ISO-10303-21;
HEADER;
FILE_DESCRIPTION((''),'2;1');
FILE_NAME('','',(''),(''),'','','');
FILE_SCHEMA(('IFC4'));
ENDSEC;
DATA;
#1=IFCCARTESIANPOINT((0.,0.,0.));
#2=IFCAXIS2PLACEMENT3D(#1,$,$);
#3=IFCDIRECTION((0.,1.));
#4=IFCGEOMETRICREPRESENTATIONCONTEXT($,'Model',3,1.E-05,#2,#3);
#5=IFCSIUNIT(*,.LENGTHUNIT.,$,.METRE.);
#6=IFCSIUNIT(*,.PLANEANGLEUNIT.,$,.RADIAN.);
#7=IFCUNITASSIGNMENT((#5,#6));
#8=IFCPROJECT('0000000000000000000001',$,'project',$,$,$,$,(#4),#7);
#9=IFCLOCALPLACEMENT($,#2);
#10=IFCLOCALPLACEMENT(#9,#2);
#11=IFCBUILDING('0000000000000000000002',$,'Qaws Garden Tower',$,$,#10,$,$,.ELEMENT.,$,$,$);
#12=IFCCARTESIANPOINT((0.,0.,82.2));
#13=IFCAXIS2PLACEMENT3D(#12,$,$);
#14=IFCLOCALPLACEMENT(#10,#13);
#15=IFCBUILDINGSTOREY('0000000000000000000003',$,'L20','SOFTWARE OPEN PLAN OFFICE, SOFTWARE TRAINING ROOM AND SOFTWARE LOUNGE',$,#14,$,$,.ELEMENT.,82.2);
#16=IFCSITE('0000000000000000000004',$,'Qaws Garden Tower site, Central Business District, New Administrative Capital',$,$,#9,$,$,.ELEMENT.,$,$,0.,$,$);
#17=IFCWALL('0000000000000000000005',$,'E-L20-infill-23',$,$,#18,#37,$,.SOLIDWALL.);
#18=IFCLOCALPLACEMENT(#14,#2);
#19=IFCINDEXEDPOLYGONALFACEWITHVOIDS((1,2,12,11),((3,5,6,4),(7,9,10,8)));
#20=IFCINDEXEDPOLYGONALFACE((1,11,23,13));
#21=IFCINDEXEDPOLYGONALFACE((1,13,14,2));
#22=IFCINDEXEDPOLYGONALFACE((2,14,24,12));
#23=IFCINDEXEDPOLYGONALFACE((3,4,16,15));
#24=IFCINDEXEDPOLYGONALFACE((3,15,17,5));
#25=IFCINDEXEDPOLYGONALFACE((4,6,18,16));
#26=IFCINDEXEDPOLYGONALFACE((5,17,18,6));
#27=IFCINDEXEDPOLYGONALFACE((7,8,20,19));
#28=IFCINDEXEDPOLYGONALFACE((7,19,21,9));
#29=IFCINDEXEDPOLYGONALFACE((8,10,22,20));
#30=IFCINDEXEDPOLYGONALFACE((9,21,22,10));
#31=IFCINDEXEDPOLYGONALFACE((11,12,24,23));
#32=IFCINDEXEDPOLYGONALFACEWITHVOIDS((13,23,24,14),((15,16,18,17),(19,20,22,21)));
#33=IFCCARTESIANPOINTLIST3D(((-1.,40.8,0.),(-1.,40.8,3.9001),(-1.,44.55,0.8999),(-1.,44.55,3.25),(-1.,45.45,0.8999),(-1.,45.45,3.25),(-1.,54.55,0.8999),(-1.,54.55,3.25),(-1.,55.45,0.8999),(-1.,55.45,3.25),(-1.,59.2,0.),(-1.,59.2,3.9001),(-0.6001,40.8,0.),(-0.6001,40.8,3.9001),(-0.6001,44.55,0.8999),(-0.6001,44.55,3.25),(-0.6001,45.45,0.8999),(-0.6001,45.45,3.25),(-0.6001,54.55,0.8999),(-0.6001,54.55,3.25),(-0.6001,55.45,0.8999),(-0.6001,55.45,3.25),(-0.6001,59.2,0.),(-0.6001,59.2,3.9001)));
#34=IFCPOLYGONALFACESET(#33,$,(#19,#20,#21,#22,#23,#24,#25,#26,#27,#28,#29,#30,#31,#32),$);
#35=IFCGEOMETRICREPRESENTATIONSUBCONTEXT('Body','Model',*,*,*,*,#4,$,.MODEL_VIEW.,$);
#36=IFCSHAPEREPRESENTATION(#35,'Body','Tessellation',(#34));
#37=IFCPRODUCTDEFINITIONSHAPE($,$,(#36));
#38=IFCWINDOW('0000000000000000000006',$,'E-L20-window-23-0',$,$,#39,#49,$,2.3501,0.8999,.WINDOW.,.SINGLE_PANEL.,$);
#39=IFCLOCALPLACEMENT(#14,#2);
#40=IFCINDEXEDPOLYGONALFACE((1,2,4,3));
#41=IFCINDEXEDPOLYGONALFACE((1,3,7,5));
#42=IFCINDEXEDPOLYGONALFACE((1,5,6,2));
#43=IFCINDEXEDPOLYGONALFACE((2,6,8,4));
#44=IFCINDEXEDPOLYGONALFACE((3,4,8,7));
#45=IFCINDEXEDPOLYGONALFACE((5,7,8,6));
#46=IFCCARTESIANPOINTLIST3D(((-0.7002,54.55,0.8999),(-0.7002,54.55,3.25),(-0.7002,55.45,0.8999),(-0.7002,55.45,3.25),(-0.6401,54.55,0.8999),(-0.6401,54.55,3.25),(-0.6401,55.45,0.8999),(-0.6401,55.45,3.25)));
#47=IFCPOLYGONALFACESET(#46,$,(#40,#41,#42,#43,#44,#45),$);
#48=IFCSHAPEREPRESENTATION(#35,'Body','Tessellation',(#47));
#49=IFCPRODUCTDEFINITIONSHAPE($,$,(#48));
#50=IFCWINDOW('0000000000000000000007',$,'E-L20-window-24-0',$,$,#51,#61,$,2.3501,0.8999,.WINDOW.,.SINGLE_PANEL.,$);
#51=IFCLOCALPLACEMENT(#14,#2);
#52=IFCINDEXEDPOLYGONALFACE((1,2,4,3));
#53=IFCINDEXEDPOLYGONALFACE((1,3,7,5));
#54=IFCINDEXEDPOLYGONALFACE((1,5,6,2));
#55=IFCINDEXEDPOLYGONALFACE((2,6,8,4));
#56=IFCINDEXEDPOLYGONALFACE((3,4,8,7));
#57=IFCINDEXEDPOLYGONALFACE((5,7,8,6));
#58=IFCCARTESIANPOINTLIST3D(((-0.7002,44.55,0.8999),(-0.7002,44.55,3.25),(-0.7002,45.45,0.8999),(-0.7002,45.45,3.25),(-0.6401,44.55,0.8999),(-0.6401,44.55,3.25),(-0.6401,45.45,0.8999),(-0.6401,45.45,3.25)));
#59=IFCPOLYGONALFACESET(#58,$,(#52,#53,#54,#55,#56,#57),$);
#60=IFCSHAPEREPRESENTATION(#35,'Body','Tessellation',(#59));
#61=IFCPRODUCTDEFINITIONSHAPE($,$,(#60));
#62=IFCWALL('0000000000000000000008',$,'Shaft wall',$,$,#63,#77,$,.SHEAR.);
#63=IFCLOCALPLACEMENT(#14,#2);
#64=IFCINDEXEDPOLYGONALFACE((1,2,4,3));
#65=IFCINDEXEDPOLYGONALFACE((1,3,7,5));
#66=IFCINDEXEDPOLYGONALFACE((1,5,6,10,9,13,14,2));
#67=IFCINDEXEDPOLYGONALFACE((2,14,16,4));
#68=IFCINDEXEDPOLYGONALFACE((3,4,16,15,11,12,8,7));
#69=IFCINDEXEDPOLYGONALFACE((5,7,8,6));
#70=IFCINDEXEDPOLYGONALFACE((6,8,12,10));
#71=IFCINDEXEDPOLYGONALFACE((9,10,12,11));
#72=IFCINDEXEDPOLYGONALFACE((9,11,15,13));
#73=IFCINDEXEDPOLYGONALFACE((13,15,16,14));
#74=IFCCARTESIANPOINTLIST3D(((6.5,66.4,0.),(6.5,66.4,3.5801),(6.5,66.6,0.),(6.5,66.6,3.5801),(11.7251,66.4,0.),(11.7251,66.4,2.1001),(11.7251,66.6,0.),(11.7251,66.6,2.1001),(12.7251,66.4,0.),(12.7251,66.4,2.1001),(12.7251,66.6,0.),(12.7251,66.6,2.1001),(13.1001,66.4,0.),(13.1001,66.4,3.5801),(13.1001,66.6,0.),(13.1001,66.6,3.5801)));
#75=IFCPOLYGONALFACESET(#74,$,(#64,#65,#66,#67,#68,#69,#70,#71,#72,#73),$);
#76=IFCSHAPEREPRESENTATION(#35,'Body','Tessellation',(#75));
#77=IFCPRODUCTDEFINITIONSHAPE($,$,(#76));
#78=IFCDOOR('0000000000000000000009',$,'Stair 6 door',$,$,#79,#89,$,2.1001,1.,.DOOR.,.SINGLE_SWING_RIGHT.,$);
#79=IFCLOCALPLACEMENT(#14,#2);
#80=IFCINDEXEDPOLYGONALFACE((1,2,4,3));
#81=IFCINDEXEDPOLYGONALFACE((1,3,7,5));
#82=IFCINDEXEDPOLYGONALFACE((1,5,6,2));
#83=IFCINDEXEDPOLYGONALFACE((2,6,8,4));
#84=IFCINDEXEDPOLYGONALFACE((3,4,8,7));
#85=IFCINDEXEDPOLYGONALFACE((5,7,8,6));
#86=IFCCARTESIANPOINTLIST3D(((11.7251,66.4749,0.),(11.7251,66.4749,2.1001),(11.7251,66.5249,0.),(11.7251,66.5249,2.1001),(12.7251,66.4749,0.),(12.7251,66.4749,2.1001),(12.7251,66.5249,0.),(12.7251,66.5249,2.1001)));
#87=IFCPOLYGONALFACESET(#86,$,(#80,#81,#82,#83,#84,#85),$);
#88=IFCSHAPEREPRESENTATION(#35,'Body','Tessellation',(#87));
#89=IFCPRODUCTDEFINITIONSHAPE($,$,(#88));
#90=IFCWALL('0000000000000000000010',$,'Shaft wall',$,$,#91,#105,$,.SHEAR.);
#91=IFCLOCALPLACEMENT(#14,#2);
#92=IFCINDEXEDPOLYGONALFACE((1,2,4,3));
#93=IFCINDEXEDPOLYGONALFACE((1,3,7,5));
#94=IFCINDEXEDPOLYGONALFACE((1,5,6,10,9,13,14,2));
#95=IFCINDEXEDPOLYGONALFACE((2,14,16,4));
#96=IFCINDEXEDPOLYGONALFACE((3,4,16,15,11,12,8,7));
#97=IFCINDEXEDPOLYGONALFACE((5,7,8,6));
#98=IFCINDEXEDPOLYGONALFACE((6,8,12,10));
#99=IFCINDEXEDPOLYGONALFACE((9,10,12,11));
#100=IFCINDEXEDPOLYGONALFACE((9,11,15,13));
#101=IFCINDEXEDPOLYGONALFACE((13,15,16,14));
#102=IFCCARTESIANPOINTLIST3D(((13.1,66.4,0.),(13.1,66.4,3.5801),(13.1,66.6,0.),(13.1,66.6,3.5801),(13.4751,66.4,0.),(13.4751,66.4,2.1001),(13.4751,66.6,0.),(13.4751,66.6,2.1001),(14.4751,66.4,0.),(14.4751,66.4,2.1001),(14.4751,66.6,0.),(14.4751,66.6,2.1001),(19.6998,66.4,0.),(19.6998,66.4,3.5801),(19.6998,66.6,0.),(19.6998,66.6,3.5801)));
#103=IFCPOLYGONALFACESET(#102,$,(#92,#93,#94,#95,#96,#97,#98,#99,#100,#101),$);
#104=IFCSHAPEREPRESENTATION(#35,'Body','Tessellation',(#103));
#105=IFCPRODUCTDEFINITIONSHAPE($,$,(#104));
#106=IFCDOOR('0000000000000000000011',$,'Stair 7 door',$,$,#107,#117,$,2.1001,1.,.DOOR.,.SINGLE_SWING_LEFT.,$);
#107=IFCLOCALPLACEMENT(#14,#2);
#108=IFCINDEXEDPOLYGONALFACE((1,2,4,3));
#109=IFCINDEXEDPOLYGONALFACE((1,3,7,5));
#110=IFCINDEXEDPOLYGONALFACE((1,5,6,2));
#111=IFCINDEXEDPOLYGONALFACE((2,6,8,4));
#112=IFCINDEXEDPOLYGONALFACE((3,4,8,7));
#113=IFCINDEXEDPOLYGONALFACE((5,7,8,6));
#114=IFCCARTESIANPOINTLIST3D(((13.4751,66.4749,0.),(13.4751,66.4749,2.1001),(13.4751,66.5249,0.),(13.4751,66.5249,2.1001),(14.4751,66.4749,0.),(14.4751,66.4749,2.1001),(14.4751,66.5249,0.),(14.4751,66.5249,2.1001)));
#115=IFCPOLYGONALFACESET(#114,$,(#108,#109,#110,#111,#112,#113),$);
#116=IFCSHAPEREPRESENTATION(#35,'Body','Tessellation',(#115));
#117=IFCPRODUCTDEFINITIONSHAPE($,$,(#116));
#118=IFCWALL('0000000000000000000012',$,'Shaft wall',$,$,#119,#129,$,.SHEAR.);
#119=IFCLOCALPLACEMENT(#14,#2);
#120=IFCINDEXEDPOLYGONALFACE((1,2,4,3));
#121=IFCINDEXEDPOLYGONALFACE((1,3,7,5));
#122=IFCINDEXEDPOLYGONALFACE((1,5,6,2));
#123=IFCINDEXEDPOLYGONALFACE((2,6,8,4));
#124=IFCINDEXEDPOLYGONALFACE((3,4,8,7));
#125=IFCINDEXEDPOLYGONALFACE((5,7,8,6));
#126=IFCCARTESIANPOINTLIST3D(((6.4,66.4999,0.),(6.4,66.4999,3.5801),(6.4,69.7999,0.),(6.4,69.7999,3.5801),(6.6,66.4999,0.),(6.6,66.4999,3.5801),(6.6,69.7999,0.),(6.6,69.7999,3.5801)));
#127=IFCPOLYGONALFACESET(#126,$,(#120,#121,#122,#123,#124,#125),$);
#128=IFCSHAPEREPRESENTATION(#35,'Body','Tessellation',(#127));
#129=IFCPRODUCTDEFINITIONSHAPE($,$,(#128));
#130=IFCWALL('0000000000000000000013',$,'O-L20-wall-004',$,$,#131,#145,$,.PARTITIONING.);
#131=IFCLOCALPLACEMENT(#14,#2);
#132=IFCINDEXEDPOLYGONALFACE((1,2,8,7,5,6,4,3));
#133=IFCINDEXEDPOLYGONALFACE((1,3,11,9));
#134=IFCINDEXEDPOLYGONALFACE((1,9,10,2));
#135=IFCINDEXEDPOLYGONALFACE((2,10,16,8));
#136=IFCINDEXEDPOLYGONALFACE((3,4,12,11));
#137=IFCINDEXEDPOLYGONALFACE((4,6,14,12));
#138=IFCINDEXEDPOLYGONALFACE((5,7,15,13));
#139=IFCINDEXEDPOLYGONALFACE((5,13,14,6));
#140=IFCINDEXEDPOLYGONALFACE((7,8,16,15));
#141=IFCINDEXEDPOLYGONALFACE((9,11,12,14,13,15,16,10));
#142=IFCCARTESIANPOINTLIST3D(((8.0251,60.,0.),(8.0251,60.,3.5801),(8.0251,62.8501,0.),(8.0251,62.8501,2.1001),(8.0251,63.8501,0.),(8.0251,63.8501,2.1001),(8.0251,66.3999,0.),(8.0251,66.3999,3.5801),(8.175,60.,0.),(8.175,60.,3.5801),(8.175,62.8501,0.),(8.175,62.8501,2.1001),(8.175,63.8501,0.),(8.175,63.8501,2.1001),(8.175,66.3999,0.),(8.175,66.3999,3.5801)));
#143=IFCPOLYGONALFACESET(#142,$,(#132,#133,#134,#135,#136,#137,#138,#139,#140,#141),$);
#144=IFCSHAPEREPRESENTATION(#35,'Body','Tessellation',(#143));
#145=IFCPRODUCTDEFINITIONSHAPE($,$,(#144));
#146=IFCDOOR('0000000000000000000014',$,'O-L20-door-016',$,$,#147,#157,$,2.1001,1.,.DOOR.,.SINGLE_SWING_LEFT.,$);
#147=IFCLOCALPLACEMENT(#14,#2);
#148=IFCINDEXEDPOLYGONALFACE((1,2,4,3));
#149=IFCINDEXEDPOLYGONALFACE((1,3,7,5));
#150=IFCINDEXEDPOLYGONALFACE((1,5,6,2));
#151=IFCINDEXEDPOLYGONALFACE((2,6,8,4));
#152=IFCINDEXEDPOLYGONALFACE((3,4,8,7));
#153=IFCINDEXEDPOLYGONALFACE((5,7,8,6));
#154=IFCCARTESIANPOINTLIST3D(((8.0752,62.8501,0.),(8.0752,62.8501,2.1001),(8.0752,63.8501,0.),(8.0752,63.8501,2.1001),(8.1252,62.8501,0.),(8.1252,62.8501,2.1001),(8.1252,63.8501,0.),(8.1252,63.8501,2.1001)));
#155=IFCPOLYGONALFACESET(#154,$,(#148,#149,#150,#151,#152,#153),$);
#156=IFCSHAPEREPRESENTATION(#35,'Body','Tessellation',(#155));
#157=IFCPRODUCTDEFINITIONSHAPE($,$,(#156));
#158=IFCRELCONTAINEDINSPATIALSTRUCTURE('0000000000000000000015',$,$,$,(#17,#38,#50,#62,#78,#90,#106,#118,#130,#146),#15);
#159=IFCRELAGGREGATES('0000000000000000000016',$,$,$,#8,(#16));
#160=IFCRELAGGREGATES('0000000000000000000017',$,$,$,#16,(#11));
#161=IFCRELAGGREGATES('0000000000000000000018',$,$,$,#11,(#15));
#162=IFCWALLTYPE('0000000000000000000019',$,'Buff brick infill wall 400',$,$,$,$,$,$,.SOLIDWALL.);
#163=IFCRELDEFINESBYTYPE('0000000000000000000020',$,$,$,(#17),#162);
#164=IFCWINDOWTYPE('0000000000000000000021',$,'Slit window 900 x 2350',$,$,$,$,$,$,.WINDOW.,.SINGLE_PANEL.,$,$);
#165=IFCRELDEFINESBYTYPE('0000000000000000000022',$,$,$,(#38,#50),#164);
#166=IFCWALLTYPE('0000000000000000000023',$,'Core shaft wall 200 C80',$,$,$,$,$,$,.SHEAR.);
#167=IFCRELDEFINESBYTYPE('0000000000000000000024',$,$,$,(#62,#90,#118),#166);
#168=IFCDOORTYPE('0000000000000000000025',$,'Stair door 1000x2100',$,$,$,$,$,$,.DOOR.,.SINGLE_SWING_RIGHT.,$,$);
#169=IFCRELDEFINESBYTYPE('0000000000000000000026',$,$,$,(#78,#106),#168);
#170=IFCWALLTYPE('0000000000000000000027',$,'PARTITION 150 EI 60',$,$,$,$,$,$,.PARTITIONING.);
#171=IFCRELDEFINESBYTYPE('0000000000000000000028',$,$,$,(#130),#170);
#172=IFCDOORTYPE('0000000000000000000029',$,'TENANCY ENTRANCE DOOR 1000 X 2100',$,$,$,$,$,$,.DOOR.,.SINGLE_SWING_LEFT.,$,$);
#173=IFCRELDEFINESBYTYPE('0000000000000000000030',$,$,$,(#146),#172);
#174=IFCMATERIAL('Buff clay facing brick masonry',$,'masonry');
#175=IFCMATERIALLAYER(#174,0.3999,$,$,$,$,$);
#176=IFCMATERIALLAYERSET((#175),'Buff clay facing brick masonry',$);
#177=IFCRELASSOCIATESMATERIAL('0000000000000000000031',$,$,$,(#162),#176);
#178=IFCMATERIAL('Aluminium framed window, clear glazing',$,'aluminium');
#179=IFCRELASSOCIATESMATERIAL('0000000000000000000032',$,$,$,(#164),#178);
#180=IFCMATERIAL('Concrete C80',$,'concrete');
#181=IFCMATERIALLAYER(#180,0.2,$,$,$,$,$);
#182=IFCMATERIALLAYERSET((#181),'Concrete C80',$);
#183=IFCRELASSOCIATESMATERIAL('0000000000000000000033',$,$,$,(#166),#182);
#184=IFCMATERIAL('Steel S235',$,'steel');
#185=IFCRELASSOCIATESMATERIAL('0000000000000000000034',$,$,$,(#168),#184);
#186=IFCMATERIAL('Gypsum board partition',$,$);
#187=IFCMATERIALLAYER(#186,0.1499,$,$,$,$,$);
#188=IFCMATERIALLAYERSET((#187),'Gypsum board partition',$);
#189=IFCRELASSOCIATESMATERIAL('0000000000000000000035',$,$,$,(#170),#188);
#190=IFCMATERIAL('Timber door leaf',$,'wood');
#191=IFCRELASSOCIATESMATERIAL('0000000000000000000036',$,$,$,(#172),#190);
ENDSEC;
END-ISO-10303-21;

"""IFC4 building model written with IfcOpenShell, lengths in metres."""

from ifc_helpers import new_model, si_unit, direction, frame, frame_2d, origin, place, context, subcontext, project, spatial, rectangle, extrude, material, layer, layer_set, type_object, element, fill, save


model = new_model("IFC4")

# Units and contexts
model_context = context("Model", 3, precision=1e-05, world=origin(), true_north=direction((0.0, 1.0)))
body_context = subcontext(model_context, "Body", "Model", "MODEL_VIEW")
ifc_project = project(units=[si_unit("LENGTHUNIT", "METRE"), si_unit("PLANEANGLEUNIT", "RADIAN")], contexts=[model_context])

# Site, building, storey
site_placement = place(None, origin())
site = spatial("IfcSite", under=ifc_project, at=site_placement, Name="Qaws Garden Tower site, Central Business District, New Administrative Capital", CompositionType="ELEMENT", RefElevation=0.0)
building_placement = place(site_placement, origin())
building = spatial("IfcBuilding", under=site, at=building_placement, Name="Qaws Garden Tower", CompositionType="ELEMENT")
storey_placement = place(building_placement, frame((0.0, 0.0, 82.2)))
storey = spatial("IfcBuildingStorey", under=building, at=storey_placement, Name="L20", Description="SOFTWARE OPEN PLAN OFFICE, SOFTWARE TRAINING ROOM AND SOFTWARE LOUNGE", CompositionType="ELEMENT", Elevation=82.2)

# Shared definitions
ifc_material_1 = material(Name="Buff clay facing brick masonry", Category="masonry")
ifc_layer_1 = layer(ifc_material_1, 0.3999)
ifc_layer_set_1 = layer_set([ifc_layer_1], Name="Buff clay facing brick masonry")
wall_type_1 = type_object("IfcWallType", Name="Buff brick infill wall 400", PredefinedType="SOLIDWALL", material=ifc_layer_set_1)

# Wall, openings, windows
wall_1_placement = place(storey_placement, frame((-0.8, 59.2, 0.0), z_axis=(0.0, 0.0, 1.0), x_axis=(0.0, -1.0, 0.0)))
wall_1 = element("IfcWall", 1, at=wall_1_placement, inside=storey, type_object=wall_type_1, Name="E-L20-infill-23", PredefinedType="SOLIDWALL", context=body_context, shape_type="SweptSolid", body=[
    extrude(rectangle(XDim=18.3999, YDim=0.3999, at=frame_2d((9.2, 0.0))), origin(), (0.0, 0.0, 1.0), 3.9001),
])
opening_1_placement = place(wall_1_placement, frame((3.75, 0.0, 0.8999)))
opening_1 = element("IfcOpeningElement", 2, at=opening_1_placement, cuts=wall_1, PredefinedType="OPENING", context=body_context, shape_type="SweptSolid", body=[
    extrude(rectangle(XDim=0.8999, YDim=2.3501, at=frame_2d((0.45, 1.175))), frame((0.0, 0.21, 0.0), z_axis=(0.0, -1.0, 0.0), x_axis=(1.0, 0.0, 0.0)), (0.0, 0.0, 1.0), 0.4199),
])
opening_2_placement = place(wall_1_placement, frame((13.75, 0.0, 0.8999)))
opening_2 = element("IfcOpeningElement", 3, at=opening_2_placement, cuts=wall_1, PredefinedType="OPENING", context=body_context, shape_type="SweptSolid", body=[
    extrude(rectangle(XDim=0.8999, YDim=2.3501, at=frame_2d((0.45, 1.175))), frame((0.0, 0.21, 0.0), z_axis=(0.0, -1.0, 0.0), x_axis=(1.0, 0.0, 0.0)), (0.0, 0.0, 1.0), 0.4199),
])
ifc_material_2 = material(Name="Aluminium framed window, clear glazing", Category="aluminium")
window_type_1 = type_object("IfcWindowType", Name="Slit window 900 x 2350", PartitioningType="SINGLE_PANEL", PredefinedType="WINDOW", material=ifc_material_2)
window_1_placement = place(opening_1_placement, origin())
window_1 = element("IfcWindow", 4, at=window_1_placement, inside=storey, type_object=window_type_1, Name="E-L20-window-23-0", OverallHeight=2.3501, OverallWidth=0.8999, PartitioningType="SINGLE_PANEL", PredefinedType="WINDOW", context=body_context, shape_type="SweptSolid", body=[
    extrude(rectangle(XDim=0.8999, YDim=2.3501, at=frame_2d((0.45, 1.175))), frame((0.0, 0.1599, 0.0), z_axis=(0.0, -1.0, 0.0), x_axis=(1.0, 0.0, 0.0)), (0.0, 0.0, 1.0), 0.0601),
])
fill(opening_1, window_1)
window_2_placement = place(opening_2_placement, origin())
window_2 = element("IfcWindow", 5, at=window_2_placement, inside=storey, type_object=window_type_1, Name="E-L20-window-24-0", OverallHeight=2.3501, OverallWidth=0.8999, PartitioningType="SINGLE_PANEL", PredefinedType="WINDOW", context=body_context, shape_type="SweptSolid", body=[
    extrude(rectangle(XDim=0.8999, YDim=2.3501, at=frame_2d((0.45, 1.175))), frame((0.0, 0.1599, 0.0), z_axis=(0.0, -1.0, 0.0), x_axis=(1.0, 0.0, 0.0)), (0.0, 0.0, 1.0), 0.0601),
])
fill(opening_2, window_2)

# Walls, openings, doors
ifc_material_3 = material(Name="Concrete C80", Category="concrete")
ifc_layer_2 = layer(ifc_material_3, 0.2)
ifc_layer_set_2 = layer_set([ifc_layer_2], Name="Concrete C80")
wall_type_2 = type_object("IfcWallType", Name="Core shaft wall 200 C80", PredefinedType="SHEAR", material=ifc_layer_set_2)
wall_2_placement = place(storey_placement, frame((6.5, 66.5, 0.0), z_axis=(0.0, 0.0, 1.0), x_axis=(1.0, 0.0, 0.0)))
wall_2 = element("IfcWall", 6, at=wall_2_placement, inside=storey, type_object=wall_type_2, Name="Shaft wall", PredefinedType="SHEAR", context=body_context, shape_type="SweptSolid", body=[
    extrude(rectangle(XDim=6.6001, YDim=0.2, at=frame_2d((3.3, 0.0))), origin(), (0.0, 0.0, 1.0), 3.5801),
])
opening_3_placement = place(wall_2_placement, frame((5.2251, 0.0, 0.0)))
opening_3 = element("IfcOpeningElement", 7, at=opening_3_placement, cuts=wall_2, PredefinedType="OPENING", context=body_context, shape_type="SweptSolid", body=[
    extrude(rectangle(XDim=1.0, YDim=2.1001, at=frame_2d((0.5, 1.05))), frame((0.0, 0.1099, 0.0), z_axis=(0.0, -1.0, 0.0), x_axis=(1.0, 0.0, 0.0)), (0.0, 0.0, 1.0), 0.22),
])
ifc_material_4 = material(Name="Steel S235", Category="steel")
door_type_1 = type_object("IfcDoorType", Name="Stair door 1000x2100", OperationType="SINGLE_SWING_RIGHT", PredefinedType="DOOR", material=ifc_material_4)
door_1_placement = place(opening_3_placement, origin())
door_1 = element("IfcDoor", 8, at=door_1_placement, inside=storey, type_object=door_type_1, Name="Stair 6 door", OperationType="SINGLE_SWING_RIGHT", OverallHeight=2.1001, OverallWidth=1.0, PredefinedType="DOOR", context=body_context, shape_type="SweptSolid", body=[
    extrude(rectangle(XDim=1.0, YDim=2.1001, at=frame_2d((0.5, 1.05))), frame((0.0, 0.0249, 0.0), z_axis=(0.0, -1.0, 0.0), x_axis=(1.0, 0.0, 0.0)), (0.0, 0.0, 1.0), 0.05),
])
fill(opening_3, door_1)
wall_3_placement = place(storey_placement, frame((13.1001, 66.5, 0.0), z_axis=(0.0, 0.0, 1.0), x_axis=(1.0, 0.0, 0.0)))
wall_3 = element("IfcWall", 9, at=wall_3_placement, inside=storey, type_object=wall_type_2, Name="Shaft wall", PredefinedType="SHEAR", context=body_context, shape_type="SweptSolid", body=[
    extrude(rectangle(XDim=6.5999, YDim=0.2, at=frame_2d((3.2998, 0.0))), origin(), (0.0, 0.0, 1.0), 3.5801),
])
opening_4_placement = place(wall_3_placement, frame((0.375, 0.0, 0.0)))
opening_4 = element("IfcOpeningElement", 10, at=opening_4_placement, cuts=wall_3, PredefinedType="OPENING", context=body_context, shape_type="SweptSolid", body=[
    extrude(rectangle(XDim=1.0, YDim=2.1001, at=frame_2d((0.5, 1.05))), frame((0.0, 0.1099, 0.0), z_axis=(0.0, -1.0, 0.0), x_axis=(1.0, 0.0, 0.0)), (0.0, 0.0, 1.0), 0.22),
])
door_2_placement = place(opening_4_placement, origin())
door_2 = element("IfcDoor", 11, at=door_2_placement, inside=storey, type_object=door_type_1, Name="Stair 7 door", OperationType="SINGLE_SWING_LEFT", OverallHeight=2.1001, OverallWidth=1.0, PredefinedType="DOOR", context=body_context, shape_type="SweptSolid", body=[
    extrude(rectangle(XDim=1.0, YDim=2.1001, at=frame_2d((0.5, 1.05))), frame((0.0, 0.0249, 0.0), z_axis=(0.0, -1.0, 0.0), x_axis=(1.0, 0.0, 0.0)), (0.0, 0.0, 1.0), 0.05),
])
fill(opening_4, door_2)

# Wall
wall_4_placement = place(storey_placement, frame((6.5, 66.5, 0.0), z_axis=(0.0, 0.0, 1.0), x_axis=(0.0, 1.0, 0.0)))
element("IfcWall", 12, at=wall_4_placement, inside=storey, type_object=wall_type_2, Name="Shaft wall", PredefinedType="SHEAR", context=body_context, shape_type="SweptSolid", body=[
    extrude(rectangle(XDim=3.3, YDim=0.2, at=frame_2d((1.6499, 0.0))), origin(), (0.0, 0.0, 1.0), 3.5801),
])

# Wall, opening, door
ifc_material_5 = material(Name="Gypsum board partition")
ifc_layer_3 = layer(ifc_material_5, 0.1499)
ifc_layer_set_3 = layer_set([ifc_layer_3], Name="Gypsum board partition")
wall_type_3 = type_object("IfcWallType", Name="PARTITION 150 EI 60", PredefinedType="PARTITIONING", material=ifc_layer_set_3)
wall_5_placement = place(storey_placement, frame((8.1001, 60.0, 0.0), z_axis=(0.0, 0.0, 1.0), x_axis=(0.0, 1.0, 0.0)))
wall_5 = element("IfcWall", 13, at=wall_5_placement, inside=storey, type_object=wall_type_3, Name="O-L20-wall-004", PredefinedType="PARTITIONING", context=body_context, shape_type="SweptSolid", body=[
    extrude(rectangle(XDim=6.3999, YDim=0.1499, at=frame_2d((3.2, 0.0))), origin(), (0.0, 0.0, 1.0), 3.5801),
])
opening_5_placement = place(wall_5_placement, frame((2.8501, 0.0, 0.0)))
opening_5 = element("IfcOpeningElement", 14, at=opening_5_placement, cuts=wall_5, PredefinedType="OPENING", context=body_context, shape_type="SweptSolid", body=[
    extrude(rectangle(XDim=1.0, YDim=2.1001, at=frame_2d((0.5, 1.05))), frame((0.0, 0.085, 0.0), z_axis=(0.0, -1.0, 0.0), x_axis=(1.0, 0.0, 0.0)), (0.0, 0.0, 1.0), 0.1699),
])
ifc_material_6 = material(Name="Timber door leaf", Category="wood")
door_type_2 = type_object("IfcDoorType", Name="TENANCY ENTRANCE DOOR 1000 X 2100", OperationType="SINGLE_SWING_LEFT", PredefinedType="DOOR", material=ifc_material_6)
door_3_placement = place(opening_5_placement, origin())
door_3 = element("IfcDoor", 15, at=door_3_placement, inside=storey, type_object=door_type_2, Name="O-L20-door-016", OperationType="SINGLE_SWING_LEFT", OverallHeight=2.1001, OverallWidth=1.0, PredefinedType="DOOR", context=body_context, shape_type="SweptSolid", body=[
    extrude(rectangle(XDim=1.0, YDim=2.1001, at=frame_2d((0.5, 1.05))), frame((0.0, 0.0249, 0.0), z_axis=(0.0, -1.0, 0.0), x_axis=(1.0, 0.0, 0.0)), (0.0, 0.0, 1.0), 0.05),
])
fill(opening_5, door_3)

save(model, "model.ifc")
